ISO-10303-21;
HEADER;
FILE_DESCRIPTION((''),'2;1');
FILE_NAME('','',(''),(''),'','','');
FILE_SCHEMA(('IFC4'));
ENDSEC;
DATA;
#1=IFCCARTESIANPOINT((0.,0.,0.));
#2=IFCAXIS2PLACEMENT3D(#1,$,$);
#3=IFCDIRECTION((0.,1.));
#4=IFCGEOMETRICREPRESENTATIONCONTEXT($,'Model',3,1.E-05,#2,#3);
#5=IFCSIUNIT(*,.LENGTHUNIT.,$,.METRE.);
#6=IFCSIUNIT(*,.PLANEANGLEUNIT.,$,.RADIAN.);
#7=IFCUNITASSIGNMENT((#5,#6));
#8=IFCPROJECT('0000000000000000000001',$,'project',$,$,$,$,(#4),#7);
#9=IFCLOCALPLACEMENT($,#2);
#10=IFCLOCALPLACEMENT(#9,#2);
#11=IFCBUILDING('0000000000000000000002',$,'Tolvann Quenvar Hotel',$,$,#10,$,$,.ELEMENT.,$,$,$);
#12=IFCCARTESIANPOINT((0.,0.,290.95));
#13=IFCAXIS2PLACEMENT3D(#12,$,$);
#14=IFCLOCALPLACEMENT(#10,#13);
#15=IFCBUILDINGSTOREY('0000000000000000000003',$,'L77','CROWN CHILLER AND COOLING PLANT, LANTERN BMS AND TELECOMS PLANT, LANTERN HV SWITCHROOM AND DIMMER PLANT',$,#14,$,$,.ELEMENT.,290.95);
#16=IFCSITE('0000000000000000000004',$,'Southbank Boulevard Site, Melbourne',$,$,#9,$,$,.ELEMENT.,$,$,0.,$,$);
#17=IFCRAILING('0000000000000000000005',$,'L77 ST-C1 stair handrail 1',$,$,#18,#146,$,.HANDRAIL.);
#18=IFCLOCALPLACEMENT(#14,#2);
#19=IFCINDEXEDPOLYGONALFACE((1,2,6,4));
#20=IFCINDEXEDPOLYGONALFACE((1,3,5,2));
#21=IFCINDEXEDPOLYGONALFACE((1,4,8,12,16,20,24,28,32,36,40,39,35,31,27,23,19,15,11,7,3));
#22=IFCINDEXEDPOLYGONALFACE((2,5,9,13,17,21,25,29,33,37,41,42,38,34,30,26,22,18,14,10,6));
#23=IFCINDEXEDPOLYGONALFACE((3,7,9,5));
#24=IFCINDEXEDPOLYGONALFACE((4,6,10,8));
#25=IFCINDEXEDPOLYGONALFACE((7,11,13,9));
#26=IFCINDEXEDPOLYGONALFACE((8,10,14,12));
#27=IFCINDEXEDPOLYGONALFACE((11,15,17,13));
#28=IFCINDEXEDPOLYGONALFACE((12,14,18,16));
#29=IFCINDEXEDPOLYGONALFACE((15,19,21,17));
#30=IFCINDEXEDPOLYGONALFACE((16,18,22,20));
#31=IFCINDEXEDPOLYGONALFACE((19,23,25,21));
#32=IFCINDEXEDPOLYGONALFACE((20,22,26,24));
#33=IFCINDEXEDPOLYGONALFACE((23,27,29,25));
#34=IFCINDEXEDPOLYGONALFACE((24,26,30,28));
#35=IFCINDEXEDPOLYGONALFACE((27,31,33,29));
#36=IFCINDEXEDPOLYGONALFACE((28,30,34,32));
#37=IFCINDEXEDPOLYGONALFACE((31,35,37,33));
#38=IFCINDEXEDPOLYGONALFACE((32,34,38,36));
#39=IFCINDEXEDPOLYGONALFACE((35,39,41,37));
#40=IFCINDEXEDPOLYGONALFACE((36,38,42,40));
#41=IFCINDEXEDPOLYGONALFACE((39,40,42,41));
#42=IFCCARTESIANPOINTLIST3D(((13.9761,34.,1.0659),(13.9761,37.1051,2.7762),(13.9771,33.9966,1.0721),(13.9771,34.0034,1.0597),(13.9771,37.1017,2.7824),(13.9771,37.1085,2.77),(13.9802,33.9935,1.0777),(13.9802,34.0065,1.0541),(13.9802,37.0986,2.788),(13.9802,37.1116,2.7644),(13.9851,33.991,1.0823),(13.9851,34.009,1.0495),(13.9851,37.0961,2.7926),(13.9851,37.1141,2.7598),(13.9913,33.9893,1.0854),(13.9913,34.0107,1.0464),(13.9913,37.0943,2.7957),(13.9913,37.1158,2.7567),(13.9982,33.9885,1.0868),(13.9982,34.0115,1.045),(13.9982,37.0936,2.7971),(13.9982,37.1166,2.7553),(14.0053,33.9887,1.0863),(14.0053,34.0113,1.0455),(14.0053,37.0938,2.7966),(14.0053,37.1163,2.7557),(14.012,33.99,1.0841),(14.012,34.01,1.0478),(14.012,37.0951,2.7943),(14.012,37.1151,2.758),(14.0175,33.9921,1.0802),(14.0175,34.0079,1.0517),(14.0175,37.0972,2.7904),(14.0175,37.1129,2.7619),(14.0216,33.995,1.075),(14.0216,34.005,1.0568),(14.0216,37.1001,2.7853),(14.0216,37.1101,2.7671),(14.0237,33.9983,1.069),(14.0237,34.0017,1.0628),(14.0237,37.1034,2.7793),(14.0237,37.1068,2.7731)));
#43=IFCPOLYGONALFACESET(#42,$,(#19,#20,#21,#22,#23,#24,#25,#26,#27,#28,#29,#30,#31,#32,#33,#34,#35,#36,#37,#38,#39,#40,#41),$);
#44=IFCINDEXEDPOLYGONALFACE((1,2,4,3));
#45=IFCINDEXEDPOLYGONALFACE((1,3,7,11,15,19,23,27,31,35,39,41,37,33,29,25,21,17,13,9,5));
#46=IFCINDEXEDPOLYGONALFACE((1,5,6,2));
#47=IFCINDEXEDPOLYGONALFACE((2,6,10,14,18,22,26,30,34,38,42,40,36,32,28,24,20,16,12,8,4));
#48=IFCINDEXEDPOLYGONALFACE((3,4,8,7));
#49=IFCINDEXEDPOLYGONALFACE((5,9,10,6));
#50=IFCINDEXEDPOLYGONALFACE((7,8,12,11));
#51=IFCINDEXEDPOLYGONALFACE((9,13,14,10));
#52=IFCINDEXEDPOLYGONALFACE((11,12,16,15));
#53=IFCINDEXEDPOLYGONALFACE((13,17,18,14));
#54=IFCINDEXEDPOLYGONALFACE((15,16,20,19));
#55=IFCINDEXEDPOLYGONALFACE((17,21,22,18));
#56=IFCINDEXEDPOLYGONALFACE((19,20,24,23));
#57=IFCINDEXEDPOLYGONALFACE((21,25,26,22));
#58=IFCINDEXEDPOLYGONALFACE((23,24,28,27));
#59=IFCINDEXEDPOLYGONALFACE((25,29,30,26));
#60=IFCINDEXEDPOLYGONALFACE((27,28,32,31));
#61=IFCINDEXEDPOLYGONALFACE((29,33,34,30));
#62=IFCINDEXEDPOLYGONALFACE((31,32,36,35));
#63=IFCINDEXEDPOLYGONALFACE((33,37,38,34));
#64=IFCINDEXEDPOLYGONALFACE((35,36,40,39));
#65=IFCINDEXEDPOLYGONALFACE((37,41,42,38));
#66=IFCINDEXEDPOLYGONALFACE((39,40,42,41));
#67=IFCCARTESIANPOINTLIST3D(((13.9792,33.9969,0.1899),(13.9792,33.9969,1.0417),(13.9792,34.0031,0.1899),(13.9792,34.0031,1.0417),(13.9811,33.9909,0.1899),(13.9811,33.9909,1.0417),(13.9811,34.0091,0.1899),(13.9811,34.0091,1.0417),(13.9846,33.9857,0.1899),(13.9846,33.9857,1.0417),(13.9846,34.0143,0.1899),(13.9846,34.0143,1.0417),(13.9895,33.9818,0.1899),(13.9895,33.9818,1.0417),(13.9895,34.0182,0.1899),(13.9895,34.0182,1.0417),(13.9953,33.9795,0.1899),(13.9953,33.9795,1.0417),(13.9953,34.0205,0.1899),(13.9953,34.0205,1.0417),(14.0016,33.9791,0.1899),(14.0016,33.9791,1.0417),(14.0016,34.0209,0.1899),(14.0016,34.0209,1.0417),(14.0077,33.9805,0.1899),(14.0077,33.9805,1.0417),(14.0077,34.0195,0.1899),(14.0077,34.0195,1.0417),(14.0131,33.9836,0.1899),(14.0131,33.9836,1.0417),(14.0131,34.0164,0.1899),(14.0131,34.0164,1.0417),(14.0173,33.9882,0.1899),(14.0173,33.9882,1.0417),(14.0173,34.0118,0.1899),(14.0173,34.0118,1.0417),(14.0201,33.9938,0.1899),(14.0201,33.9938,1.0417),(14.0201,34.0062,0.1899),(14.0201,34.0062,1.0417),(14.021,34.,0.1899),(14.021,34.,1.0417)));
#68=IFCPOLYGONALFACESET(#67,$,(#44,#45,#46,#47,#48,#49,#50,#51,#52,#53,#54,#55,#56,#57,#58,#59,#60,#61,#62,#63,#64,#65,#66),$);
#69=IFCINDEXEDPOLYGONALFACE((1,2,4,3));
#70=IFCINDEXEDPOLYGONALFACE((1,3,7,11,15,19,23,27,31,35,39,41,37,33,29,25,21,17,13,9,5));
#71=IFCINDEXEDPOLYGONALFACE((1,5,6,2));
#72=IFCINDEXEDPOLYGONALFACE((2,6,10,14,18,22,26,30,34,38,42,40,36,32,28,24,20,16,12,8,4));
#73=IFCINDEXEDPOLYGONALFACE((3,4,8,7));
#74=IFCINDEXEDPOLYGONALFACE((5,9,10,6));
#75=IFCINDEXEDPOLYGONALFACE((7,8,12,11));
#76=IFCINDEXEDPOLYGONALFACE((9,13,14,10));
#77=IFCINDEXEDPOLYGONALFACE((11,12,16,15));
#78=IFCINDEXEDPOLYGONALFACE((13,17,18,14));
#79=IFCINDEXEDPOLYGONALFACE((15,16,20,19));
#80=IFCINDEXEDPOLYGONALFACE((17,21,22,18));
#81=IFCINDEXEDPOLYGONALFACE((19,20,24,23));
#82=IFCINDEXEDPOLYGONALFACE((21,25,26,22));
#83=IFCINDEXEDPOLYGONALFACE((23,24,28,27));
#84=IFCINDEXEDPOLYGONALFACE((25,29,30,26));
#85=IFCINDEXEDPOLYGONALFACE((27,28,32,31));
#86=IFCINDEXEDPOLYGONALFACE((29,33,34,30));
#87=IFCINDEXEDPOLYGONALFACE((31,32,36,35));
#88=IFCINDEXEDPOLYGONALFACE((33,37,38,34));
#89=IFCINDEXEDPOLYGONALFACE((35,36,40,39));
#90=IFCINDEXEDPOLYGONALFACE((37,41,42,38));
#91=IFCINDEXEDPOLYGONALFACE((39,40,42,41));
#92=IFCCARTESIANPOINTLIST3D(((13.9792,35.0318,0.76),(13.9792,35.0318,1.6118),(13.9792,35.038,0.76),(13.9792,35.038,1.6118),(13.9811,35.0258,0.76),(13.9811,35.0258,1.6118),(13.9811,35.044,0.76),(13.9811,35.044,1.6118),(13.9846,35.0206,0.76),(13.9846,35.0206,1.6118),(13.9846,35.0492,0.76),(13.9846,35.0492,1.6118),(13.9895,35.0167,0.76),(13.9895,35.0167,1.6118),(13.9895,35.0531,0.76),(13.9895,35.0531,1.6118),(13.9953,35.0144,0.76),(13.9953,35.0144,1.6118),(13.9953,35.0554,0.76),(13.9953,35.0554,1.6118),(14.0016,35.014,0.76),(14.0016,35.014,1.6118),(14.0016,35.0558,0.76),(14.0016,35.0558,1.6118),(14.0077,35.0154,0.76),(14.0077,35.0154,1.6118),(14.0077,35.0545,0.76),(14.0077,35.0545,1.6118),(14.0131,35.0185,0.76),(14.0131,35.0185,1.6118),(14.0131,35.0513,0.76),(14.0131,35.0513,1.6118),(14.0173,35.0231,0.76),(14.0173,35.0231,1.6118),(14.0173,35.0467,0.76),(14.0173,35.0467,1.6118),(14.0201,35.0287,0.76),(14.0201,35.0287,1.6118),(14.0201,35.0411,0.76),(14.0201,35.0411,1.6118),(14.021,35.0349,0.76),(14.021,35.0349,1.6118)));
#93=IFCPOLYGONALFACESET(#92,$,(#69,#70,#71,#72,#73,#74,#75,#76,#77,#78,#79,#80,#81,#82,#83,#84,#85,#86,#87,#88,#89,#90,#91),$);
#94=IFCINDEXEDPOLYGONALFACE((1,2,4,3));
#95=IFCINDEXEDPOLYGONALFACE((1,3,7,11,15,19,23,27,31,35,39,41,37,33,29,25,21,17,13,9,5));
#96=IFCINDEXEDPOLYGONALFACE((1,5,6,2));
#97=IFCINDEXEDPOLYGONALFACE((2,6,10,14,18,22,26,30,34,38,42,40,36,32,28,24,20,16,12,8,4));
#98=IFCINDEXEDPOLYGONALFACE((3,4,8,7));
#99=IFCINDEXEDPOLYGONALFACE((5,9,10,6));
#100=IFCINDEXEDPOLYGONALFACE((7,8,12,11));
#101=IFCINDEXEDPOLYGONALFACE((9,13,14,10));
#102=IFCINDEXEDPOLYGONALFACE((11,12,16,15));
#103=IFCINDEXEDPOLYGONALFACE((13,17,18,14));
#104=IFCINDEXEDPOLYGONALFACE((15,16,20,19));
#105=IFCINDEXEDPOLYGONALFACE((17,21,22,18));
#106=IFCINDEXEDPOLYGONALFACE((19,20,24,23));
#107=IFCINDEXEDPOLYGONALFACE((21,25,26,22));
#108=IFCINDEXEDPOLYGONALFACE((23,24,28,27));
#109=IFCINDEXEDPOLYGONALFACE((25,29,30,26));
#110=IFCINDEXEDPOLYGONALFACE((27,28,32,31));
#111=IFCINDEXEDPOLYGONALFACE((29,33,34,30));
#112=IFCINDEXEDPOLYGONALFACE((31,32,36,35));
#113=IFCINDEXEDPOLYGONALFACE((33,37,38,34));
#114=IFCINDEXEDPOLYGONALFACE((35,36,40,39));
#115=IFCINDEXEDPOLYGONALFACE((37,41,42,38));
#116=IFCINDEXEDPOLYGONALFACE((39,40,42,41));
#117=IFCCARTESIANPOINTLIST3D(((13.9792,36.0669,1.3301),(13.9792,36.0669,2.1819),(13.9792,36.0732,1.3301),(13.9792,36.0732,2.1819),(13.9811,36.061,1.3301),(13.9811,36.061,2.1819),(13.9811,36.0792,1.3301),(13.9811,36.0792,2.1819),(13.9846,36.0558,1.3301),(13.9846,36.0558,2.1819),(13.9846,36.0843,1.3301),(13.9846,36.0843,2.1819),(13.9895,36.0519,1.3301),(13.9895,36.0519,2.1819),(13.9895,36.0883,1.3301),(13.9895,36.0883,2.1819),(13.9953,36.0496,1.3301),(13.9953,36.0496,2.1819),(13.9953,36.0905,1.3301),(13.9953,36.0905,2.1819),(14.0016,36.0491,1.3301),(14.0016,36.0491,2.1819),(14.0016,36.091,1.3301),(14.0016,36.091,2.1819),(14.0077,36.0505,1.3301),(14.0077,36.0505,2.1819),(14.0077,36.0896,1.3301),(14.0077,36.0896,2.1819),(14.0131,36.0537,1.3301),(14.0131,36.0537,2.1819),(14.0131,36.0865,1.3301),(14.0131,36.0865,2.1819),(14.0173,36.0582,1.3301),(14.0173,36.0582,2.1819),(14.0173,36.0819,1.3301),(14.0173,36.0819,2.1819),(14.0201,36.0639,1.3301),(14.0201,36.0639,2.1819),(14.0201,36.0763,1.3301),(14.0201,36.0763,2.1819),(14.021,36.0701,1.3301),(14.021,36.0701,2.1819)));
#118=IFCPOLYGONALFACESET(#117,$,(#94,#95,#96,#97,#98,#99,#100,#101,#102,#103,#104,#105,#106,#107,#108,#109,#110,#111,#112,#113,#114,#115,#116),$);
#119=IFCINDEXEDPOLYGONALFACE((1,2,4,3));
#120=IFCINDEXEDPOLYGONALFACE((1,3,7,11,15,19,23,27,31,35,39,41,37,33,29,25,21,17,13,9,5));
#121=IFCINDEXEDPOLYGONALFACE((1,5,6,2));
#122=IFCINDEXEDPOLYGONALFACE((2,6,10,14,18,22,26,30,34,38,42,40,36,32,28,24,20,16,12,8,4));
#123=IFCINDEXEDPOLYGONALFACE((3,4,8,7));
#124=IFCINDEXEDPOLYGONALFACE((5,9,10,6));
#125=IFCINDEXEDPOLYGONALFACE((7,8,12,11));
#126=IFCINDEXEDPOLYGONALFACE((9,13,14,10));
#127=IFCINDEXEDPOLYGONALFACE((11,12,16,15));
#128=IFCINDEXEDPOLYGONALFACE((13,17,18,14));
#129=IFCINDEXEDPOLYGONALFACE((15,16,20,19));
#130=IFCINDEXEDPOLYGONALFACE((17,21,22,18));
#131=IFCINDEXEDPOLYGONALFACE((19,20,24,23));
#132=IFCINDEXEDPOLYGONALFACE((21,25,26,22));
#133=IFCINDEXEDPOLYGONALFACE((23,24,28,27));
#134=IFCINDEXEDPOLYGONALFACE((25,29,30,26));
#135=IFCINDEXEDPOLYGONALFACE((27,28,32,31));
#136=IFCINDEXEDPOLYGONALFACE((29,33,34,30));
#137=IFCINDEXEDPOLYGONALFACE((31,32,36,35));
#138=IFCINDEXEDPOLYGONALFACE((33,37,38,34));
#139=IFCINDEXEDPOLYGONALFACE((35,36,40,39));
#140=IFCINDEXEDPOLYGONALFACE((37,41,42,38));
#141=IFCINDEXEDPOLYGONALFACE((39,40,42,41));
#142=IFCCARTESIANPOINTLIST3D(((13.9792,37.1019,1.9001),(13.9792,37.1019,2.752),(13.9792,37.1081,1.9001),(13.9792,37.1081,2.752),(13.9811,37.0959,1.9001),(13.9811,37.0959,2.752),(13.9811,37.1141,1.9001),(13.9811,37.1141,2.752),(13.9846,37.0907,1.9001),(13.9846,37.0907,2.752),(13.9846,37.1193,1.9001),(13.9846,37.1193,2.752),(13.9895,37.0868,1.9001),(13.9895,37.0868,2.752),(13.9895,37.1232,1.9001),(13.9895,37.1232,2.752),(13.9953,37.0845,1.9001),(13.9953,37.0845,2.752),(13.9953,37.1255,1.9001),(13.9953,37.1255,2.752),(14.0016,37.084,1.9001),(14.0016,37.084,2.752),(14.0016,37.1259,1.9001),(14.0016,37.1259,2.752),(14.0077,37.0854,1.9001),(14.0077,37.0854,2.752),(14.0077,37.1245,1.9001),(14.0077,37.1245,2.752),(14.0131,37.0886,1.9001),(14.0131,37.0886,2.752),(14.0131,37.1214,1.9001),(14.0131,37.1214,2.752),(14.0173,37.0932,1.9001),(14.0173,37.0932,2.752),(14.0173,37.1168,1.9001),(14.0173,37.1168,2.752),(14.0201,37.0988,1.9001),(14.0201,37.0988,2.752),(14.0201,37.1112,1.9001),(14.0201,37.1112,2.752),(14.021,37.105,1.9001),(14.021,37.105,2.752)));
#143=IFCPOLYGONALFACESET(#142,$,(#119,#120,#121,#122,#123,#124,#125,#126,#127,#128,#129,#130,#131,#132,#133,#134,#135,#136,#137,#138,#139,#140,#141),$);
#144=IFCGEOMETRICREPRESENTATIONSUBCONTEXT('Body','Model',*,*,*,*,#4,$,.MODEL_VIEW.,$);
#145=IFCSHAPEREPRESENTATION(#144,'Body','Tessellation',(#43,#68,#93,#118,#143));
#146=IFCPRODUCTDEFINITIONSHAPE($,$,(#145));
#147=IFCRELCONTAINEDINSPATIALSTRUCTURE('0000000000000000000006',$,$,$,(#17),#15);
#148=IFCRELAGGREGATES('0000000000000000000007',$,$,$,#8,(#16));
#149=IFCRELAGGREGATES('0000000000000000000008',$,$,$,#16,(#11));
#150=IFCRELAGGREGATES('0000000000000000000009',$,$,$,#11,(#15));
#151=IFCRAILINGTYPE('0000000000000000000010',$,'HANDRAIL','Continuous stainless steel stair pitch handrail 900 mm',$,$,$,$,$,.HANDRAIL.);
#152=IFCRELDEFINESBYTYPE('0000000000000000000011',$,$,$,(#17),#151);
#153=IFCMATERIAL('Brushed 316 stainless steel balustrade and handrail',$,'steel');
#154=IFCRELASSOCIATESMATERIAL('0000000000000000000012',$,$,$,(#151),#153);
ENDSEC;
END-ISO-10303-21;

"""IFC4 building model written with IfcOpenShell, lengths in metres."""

from ifc_helpers import new_model, si_unit, direction, frame, origin, origin_2d, place, context, subcontext, project, spatial, circle, extrude, material, type_object, element, save


model = new_model("IFC4")

# Units and contexts
model_context = context("Model", 3, precision=1e-05, world=origin(), true_north=direction((0.0, 1.0)))
body_context = subcontext(model_context, "Body", "Model", "MODEL_VIEW")
ifc_project = project(units=[si_unit("LENGTHUNIT", "METRE"), si_unit("PLANEANGLEUNIT", "RADIAN")], contexts=[model_context])

# Site, building, storey
site_placement = place(None, origin())
site = spatial("IfcSite", under=ifc_project, at=site_placement, Name="Southbank Boulevard Site, Melbourne", CompositionType="ELEMENT", RefElevation=0.0)
building_placement = place(site_placement, origin())
building = spatial("IfcBuilding", under=site, at=building_placement, Name="Tolvann Quenvar Hotel", CompositionType="ELEMENT")
storey_placement = place(building_placement, frame((0.0, 0.0, 290.95)))
storey = spatial("IfcBuildingStorey", under=building, at=storey_placement, Name="L77", Description="CROWN CHILLER AND COOLING PLANT, LANTERN BMS AND TELECOMS PLANT, LANTERN HV SWITCHROOM AND DIMMER PLANT", CompositionType="ELEMENT", Elevation=290.95)

# Railing
ifc_material_1 = material(Name="Brushed 316 stainless steel balustrade and handrail", Category="steel")
railing_type_1 = type_object("IfcRailingType", Name="HANDRAIL", Description="Continuous stainless steel stair pitch handrail 900 mm", PredefinedType="HANDRAIL", material=ifc_material_1)
railing_1_placement = place(storey_placement, frame((14.0, 34.0, 0.1899)))
element("IfcRailing", 1, at=railing_1_placement, inside=storey, type_object=railing_type_1, Name="L77 ST-C1 stair handrail 1", PredefinedType="HANDRAIL", context=body_context, shape_type="SweptSolid", body=[
    extrude(circle(Radius=0.0239, at=origin_2d()), frame((0.0, 0.0, 0.876), z_axis=(0.0, 0.875922, 0.482453), x_axis=(-1.0, 0.0, 0.0)), (0.0, 0.0, 1.0), 3.5449),
    extrude(circle(Radius=0.021, at=origin_2d()), origin(), (0.0, 0.0, 1.0), 0.8518),
    extrude(circle(Radius=0.021, at=origin_2d()), frame((0.0, 1.0349, 0.5701)), (0.0, 0.0, 1.0), 0.8518),
    extrude(circle(Radius=0.021, at=origin_2d()), frame((0.0, 2.0701, 1.1401)), (0.0, 0.0, 1.0), 0.8518),
    extrude(circle(Radius=0.021, at=origin_2d()), frame((0.0, 3.105, 1.7102)), (0.0, 0.0, 1.0), 0.8518),
])

save(model, "model.ifc")
